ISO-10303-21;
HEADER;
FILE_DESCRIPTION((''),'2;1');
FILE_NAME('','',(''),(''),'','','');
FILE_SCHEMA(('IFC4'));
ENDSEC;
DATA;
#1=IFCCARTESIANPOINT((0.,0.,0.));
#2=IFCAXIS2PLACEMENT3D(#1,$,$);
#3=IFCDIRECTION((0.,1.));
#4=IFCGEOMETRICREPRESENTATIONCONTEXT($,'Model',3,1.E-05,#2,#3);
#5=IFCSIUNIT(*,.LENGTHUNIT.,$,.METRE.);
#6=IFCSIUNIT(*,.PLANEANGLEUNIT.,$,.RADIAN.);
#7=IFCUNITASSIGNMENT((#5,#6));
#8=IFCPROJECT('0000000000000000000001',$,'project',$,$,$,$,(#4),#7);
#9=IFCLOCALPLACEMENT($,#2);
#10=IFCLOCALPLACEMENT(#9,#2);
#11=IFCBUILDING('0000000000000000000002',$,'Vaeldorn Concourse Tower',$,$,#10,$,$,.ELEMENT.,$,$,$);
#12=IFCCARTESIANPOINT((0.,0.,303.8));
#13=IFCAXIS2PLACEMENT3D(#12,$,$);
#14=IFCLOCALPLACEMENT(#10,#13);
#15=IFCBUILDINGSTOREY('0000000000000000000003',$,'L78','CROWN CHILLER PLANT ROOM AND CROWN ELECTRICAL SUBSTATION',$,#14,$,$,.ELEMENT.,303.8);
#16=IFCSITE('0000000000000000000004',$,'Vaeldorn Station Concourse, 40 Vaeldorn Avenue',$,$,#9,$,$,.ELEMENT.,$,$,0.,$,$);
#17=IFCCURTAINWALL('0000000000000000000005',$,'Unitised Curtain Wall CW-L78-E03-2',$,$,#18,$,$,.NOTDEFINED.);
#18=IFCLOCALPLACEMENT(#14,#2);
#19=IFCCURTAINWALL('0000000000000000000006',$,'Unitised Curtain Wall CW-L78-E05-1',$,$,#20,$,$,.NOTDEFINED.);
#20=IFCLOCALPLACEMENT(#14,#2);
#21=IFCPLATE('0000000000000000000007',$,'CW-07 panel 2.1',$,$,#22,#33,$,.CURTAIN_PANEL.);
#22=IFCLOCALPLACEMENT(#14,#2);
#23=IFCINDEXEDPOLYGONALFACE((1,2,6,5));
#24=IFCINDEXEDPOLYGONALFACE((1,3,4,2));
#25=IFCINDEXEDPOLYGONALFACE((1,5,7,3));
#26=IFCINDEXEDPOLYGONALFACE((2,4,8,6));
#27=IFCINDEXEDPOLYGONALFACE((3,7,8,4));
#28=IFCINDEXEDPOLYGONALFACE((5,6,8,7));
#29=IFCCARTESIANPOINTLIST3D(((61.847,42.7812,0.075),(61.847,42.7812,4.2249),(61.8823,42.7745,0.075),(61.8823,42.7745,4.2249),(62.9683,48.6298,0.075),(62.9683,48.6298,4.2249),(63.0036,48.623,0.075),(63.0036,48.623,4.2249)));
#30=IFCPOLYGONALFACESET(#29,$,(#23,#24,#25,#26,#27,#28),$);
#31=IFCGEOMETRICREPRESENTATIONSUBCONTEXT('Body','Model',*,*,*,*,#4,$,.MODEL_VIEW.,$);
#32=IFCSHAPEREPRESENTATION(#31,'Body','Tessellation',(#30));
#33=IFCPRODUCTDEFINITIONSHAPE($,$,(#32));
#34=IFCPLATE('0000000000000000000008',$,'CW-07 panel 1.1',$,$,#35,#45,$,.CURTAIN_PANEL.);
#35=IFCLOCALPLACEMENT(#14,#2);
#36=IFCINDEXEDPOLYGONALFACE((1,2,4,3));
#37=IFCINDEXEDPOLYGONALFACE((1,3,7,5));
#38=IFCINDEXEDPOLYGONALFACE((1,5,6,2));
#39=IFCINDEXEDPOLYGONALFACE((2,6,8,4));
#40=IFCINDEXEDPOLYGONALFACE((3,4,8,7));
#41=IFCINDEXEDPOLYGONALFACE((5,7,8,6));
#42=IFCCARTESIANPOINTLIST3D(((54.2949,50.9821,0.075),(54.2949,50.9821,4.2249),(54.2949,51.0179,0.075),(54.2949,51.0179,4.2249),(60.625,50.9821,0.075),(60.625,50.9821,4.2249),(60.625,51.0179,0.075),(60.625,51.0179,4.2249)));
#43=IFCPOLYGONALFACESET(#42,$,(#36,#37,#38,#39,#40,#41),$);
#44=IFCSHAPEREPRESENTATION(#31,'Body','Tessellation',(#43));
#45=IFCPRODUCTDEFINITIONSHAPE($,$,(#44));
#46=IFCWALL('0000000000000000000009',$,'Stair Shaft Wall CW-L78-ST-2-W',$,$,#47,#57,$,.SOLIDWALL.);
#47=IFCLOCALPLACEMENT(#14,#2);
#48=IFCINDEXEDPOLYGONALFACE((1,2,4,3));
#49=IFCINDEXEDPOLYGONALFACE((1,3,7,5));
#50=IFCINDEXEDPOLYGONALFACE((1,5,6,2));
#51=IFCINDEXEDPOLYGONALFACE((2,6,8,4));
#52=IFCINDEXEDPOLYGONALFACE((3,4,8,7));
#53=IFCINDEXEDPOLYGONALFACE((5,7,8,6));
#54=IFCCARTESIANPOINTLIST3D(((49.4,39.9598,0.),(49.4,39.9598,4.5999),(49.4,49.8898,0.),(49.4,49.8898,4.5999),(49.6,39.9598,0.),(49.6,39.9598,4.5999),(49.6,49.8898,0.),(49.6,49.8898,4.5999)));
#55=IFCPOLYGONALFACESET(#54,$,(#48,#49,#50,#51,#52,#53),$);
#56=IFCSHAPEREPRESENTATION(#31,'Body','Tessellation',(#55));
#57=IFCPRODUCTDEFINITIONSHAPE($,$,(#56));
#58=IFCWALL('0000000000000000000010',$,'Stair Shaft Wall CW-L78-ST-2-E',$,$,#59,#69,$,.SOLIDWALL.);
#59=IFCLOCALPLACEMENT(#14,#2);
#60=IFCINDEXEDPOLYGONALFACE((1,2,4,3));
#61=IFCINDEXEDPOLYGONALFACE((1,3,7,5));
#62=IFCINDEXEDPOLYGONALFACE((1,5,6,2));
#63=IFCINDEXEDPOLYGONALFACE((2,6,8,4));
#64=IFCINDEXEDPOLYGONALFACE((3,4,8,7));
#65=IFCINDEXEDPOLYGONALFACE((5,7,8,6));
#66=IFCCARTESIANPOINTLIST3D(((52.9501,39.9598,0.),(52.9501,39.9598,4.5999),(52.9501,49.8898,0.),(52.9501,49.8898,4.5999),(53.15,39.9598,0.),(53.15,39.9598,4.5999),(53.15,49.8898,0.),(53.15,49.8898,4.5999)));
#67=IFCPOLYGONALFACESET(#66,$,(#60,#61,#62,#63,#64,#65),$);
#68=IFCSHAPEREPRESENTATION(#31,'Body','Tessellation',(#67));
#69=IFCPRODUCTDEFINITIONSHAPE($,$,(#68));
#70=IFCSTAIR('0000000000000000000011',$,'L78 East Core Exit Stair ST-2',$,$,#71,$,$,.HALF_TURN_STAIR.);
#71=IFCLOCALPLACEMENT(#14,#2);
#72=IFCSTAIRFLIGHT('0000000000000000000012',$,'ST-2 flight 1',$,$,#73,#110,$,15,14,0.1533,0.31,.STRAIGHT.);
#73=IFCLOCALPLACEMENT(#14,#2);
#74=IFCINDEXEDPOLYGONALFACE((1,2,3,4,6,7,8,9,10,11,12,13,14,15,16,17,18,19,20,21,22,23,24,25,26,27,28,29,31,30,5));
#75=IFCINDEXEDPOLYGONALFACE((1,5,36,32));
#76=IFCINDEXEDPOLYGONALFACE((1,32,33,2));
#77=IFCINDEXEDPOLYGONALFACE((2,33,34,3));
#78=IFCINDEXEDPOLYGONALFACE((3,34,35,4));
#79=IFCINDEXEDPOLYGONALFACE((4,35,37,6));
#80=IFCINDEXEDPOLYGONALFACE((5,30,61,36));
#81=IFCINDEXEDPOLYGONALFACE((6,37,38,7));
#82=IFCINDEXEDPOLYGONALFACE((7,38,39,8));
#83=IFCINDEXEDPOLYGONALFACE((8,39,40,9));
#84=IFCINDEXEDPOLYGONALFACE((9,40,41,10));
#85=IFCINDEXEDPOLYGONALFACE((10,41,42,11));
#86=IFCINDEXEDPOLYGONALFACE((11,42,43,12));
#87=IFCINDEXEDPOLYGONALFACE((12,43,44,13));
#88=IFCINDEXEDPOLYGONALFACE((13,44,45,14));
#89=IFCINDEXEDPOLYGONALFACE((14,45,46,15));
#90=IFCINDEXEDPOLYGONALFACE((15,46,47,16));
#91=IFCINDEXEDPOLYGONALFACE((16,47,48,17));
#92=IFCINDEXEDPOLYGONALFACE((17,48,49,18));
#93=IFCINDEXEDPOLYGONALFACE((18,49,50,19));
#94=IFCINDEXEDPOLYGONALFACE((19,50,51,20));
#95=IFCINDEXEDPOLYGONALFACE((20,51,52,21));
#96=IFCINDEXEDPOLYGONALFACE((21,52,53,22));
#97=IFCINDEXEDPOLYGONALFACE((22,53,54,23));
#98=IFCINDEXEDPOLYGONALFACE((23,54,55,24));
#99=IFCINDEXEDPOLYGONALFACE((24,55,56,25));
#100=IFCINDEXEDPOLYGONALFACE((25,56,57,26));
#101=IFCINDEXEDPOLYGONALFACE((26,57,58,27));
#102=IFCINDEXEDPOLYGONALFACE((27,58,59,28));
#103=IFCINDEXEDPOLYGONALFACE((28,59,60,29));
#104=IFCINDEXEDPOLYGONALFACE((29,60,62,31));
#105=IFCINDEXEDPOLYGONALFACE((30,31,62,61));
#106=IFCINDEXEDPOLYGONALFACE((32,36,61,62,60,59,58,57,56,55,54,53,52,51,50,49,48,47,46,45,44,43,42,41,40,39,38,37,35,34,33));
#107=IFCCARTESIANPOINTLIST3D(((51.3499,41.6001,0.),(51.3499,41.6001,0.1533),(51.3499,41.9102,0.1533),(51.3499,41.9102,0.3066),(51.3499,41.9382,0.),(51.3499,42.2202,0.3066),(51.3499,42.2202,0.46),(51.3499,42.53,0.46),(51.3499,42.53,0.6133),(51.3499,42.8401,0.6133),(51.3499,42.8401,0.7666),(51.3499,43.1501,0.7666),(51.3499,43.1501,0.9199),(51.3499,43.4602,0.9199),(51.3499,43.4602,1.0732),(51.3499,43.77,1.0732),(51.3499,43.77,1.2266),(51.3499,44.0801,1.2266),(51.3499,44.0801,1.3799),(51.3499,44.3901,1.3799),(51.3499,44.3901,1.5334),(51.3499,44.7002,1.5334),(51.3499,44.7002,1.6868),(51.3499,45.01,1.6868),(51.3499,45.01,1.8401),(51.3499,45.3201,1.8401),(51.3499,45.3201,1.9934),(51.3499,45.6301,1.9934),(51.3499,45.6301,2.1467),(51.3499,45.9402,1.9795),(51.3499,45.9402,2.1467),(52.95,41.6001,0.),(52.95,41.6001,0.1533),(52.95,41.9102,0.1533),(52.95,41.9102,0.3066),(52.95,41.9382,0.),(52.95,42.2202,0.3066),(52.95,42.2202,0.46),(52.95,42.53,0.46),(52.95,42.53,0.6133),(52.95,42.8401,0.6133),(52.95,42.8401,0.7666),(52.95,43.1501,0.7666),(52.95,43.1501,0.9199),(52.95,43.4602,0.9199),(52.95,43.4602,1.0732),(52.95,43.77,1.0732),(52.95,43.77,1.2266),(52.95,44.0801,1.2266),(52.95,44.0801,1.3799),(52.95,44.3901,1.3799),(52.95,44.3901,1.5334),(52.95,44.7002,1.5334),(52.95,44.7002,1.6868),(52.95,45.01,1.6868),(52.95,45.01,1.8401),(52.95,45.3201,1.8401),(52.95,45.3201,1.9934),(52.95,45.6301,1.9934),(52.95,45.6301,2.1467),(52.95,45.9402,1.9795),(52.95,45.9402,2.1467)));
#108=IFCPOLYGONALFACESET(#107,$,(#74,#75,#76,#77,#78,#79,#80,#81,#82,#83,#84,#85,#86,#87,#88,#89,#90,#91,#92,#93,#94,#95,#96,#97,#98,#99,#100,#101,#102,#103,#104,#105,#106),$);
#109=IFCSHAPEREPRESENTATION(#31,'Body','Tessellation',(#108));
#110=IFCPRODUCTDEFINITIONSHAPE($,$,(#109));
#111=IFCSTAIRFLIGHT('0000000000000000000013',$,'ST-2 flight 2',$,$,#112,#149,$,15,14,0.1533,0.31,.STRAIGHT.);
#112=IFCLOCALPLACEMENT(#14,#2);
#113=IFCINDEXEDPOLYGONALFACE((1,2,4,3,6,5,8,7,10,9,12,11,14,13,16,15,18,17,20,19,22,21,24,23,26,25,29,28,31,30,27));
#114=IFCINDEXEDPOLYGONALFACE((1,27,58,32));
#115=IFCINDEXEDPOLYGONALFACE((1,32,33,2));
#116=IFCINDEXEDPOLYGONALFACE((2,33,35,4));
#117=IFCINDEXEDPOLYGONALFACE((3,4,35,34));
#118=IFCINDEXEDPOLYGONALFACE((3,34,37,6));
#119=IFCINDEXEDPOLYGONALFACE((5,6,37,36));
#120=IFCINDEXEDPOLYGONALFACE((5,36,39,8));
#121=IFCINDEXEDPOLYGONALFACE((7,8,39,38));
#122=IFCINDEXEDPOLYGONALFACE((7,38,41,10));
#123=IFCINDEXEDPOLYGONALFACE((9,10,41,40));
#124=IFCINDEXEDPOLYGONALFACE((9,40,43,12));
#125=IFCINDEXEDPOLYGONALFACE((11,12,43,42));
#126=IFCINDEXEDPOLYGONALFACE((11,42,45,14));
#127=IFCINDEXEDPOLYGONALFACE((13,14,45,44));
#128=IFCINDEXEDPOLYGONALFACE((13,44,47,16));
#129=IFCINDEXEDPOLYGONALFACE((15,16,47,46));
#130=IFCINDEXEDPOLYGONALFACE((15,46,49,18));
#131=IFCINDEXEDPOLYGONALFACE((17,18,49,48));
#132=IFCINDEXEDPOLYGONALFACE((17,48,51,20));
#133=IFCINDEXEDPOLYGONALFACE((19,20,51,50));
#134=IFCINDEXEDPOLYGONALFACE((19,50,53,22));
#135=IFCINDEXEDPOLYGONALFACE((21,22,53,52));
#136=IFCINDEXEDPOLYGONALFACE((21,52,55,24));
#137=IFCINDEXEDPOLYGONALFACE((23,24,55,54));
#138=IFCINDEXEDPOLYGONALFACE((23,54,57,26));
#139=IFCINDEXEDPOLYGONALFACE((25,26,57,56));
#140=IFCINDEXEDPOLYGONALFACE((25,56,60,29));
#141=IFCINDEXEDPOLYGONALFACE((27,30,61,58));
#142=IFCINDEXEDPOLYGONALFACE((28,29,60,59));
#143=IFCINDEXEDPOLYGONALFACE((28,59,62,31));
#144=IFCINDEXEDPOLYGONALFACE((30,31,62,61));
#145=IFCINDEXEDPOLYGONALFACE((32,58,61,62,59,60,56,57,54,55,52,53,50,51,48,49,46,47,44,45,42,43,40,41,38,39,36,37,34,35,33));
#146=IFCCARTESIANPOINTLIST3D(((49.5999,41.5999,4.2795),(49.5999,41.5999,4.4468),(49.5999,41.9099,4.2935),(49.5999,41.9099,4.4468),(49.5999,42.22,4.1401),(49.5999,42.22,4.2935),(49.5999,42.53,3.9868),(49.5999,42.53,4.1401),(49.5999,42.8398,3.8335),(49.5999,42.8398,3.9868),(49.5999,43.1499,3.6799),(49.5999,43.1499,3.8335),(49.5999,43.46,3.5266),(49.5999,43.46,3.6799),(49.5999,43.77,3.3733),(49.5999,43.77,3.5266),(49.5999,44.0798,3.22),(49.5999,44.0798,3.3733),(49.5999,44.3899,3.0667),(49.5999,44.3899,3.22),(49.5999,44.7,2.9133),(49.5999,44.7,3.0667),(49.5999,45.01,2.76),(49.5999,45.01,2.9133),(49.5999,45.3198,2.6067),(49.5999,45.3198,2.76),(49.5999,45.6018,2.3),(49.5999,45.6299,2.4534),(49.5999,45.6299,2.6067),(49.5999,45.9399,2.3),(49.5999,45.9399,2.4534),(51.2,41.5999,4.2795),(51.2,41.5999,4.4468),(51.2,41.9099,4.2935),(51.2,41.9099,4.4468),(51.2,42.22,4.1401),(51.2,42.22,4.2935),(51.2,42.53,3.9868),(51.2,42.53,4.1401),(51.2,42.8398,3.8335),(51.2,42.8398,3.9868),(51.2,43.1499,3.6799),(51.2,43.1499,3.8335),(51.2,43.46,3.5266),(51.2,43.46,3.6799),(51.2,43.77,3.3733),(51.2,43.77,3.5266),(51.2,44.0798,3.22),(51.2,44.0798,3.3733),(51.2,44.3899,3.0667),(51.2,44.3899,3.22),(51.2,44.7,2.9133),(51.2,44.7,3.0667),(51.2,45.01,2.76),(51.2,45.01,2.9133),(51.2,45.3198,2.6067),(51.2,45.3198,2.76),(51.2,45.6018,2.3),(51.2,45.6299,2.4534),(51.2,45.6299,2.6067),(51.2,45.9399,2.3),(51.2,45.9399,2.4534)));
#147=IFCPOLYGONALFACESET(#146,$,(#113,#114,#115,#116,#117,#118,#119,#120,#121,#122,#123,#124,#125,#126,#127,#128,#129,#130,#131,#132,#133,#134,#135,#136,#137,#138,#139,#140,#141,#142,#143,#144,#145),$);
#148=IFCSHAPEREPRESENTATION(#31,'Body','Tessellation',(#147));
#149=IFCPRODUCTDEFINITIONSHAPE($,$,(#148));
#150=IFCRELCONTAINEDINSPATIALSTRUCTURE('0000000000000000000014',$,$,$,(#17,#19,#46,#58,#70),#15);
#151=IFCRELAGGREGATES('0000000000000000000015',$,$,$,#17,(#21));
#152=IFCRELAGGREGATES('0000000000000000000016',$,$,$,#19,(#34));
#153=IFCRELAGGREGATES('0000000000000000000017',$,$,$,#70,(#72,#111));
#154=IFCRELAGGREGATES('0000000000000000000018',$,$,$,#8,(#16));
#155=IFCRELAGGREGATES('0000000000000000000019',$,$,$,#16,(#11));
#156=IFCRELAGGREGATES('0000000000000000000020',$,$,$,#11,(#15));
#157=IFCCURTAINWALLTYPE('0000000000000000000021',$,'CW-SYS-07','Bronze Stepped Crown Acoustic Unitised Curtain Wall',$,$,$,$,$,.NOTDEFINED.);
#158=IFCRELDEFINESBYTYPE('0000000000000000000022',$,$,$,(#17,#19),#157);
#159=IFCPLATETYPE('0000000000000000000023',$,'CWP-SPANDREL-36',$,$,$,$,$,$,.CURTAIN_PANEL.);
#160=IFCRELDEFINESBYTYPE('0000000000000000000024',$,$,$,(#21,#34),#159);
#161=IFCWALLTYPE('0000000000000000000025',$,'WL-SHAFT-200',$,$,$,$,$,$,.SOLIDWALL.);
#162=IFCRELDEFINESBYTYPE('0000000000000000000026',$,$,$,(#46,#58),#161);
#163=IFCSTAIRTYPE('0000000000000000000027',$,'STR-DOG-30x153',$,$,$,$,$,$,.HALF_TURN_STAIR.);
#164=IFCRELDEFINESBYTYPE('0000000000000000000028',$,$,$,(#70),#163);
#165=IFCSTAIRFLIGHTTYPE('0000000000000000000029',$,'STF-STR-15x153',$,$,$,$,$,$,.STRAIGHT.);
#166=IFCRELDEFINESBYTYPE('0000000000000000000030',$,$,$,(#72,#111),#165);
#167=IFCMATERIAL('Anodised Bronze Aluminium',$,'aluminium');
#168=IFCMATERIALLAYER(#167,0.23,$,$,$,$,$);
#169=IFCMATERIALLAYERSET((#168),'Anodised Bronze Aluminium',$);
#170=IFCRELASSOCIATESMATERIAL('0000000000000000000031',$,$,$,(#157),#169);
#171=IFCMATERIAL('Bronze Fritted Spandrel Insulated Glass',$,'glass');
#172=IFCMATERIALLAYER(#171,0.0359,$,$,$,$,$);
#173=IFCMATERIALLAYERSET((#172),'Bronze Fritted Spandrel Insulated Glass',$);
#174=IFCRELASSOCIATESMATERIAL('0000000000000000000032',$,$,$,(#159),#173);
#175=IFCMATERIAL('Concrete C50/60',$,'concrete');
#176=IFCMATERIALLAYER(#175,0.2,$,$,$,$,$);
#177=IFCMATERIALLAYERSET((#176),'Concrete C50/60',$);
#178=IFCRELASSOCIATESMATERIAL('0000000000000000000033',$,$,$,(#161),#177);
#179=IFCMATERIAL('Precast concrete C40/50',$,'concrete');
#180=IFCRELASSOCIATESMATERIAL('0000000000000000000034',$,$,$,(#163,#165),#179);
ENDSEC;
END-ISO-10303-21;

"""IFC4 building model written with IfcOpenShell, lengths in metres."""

from ifc_helpers import new_model, si_unit, direction, frame, frame_2d, origin, origin_2d, place, context, subcontext, project, spatial, polyline, rectangle, outline, extrude, source, transform, mapped, material, layer, layer_set, type_object, element, aggregate, save


model = new_model("IFC4")

# Units and contexts
model_context = context("Model", 3, precision=1e-05, world=origin(), true_north=direction((0.0, 1.0)))
body_context = subcontext(model_context, "Body", "Model", "MODEL_VIEW")
ifc_project = project(units=[si_unit("LENGTHUNIT", "METRE"), si_unit("PLANEANGLEUNIT", "RADIAN")], contexts=[model_context])

# Site, building, storey
site_placement = place(None, origin())
site = spatial("IfcSite", under=ifc_project, at=site_placement, Name="Vaeldorn Station Concourse, 40 Vaeldorn Avenue", CompositionType="ELEMENT", RefElevation=0.0)
building_placement = place(site_placement, origin())
building = spatial("IfcBuilding", under=site, at=building_placement, Name="Vaeldorn Concourse Tower", CompositionType="ELEMENT")
storey_placement = place(building_placement, frame((0.0, 0.0, 303.8)))
storey = spatial("IfcBuildingStorey", under=building, at=storey_placement, Name="L78", Description="CROWN CHILLER PLANT ROOM AND CROWN ELECTRICAL SUBSTATION", CompositionType="ELEMENT", Elevation=303.8)

# Curtain wall
ifc_material_1 = material(Name="Anodised Bronze Aluminium", Category="aluminium")
ifc_layer_1 = layer(ifc_material_1, 0.23)
ifc_layer_set_1 = layer_set([ifc_layer_1], Name="Anodised Bronze Aluminium")
curtain_wall_type = type_object("IfcCurtainWallType", Name="CW-SYS-07", Description="Bronze Stepped Crown Acoustic Unitised Curtain Wall", PredefinedType="NOTDEFINED", material=ifc_layer_set_1)
curtain_wall_1_placement = place(storey_placement, origin())
curtain_wall_1 = element("IfcCurtainWall", 1, at=curtain_wall_1_placement, inside=storey, type_object=curtain_wall_type, Name="Unitised Curtain Wall CW-L78-E03-2", PredefinedType="NOTDEFINED")

# Curtain wall
curtain_wall_2_placement = place(storey_placement, origin())
curtain_wall_2 = element("IfcCurtainWall", 2, at=curtain_wall_2_placement, inside=storey, type_object=curtain_wall_type, Name="Unitised Curtain Wall CW-L78-E05-1", PredefinedType="NOTDEFINED")

# Plates
ifc_material_2 = material(Name="Bronze Fritted Spandrel Insulated Glass", Category="glass")
ifc_layer_2 = layer(ifc_material_2, 0.0359)
ifc_layer_set_2 = layer_set([ifc_layer_2], Name="Bronze Fritted Spandrel Insulated Glass")
plate_type = type_object("IfcPlateType", Name="CWP-SPANDREL-36", PredefinedType="CURTAIN_PANEL", material=ifc_layer_set_2)
shared_shape_1 = source(origin(), body_context, "Body", "SweptSolid", [
    extrude(rectangle(XDim=5.9551, YDim=0.0359, at=origin_2d()), origin(), (0.0, 0.0, 1.0), 4.1499),
])
plate_1_placement = place(storey_placement, frame((62.4253, 45.7021, 0.075), z_axis=(0.0, 0.0, 1.0), x_axis=(0.188296, 0.982112, 0.0)))
plate_1 = element("IfcPlate", 3, at=plate_1_placement, type_object=plate_type, Name="CW-07 panel 2.1", PredefinedType="CURTAIN_PANEL", context=body_context, shape_type="MappedRepresentation", body=[
    mapped(shared_shape_1, transform((0.0, 0.0, 0.0), scale=1.0)),
])
aggregate(curtain_wall_1, [plate_1])
shared_shape_2 = source(origin(), body_context, "Body", "SweptSolid", [
    extrude(rectangle(XDim=6.3301, YDim=0.0359, at=origin_2d()), origin(), (0.0, 0.0, 1.0), 4.1499),
])
plate_2_placement = place(storey_placement, frame((57.46, 51.0, 0.075), z_axis=(0.0, 0.0, 1.0), x_axis=(-1.0, 0.0, 0.0)))
plate_2 = element("IfcPlate", 4, at=plate_2_placement, type_object=plate_type, Name="CW-07 panel 1.1", PredefinedType="CURTAIN_PANEL", context=body_context, shape_type="MappedRepresentation", body=[
    mapped(shared_shape_2, transform((0.0, 0.0, 0.0), scale=1.0)),
])
aggregate(curtain_wall_2, [plate_2])

# Walls
ifc_material_3 = material(Name="Concrete C50/60", Category="concrete")
ifc_layer_3 = layer(ifc_material_3, 0.2)
ifc_layer_set_3 = layer_set([ifc_layer_3], Name="Concrete C50/60")
wall_type = type_object("IfcWallType", Name="WL-SHAFT-200", PredefinedType="SOLIDWALL", material=ifc_layer_set_3)
for number, where, z_axis, x_axis, name in (
    (5, (49.5, 39.96, 0.0), (0.0, 0.0, 1.0), (0.0, 1.0, 0.0), "Stair Shaft Wall CW-L78-ST-2-W"),
    (6, (53.05, 39.96, 0.0), (0.0, 0.0, 1.0), (0.0, 1.0, 0.0), "Stair Shaft Wall CW-L78-ST-2-E"),
):
    element("IfcWall", number, at=place(storey_placement, frame(where, z_axis=z_axis, x_axis=x_axis)), inside=storey, type_object=wall_type, Name=name, PredefinedType="SOLIDWALL", context=body_context, shape_type="SweptSolid", body=[
        extrude(rectangle(XDim=9.9299, YDim=0.2, at=frame_2d((4.9648, 0.0))), origin(), (0.0, 0.0, 1.0), 4.5999),
    ])

# Stair, stair flights
ifc_material_4 = material(Name="Precast concrete C40/50", Category="concrete")
stair_type = type_object("IfcStairType", Name="STR-DOG-30x153", PredefinedType="HALF_TURN_STAIR", material=ifc_material_4)
stair_placement = place(storey_placement, origin())
stair = element("IfcStair", 7, at=stair_placement, inside=storey, type_object=stair_type, Name="L78 East Core Exit Stair ST-2", PredefinedType="HALF_TURN_STAIR")
stair_flight_type = type_object("IfcStairFlightType", Name="STF-STR-15x153", PredefinedType="STRAIGHT", material=ifc_material_4)
stair_flight_1_placement = place(storey_placement, frame((52.1499, 41.6001, 0.0), z_axis=(0.0, 0.0, 1.0), x_axis=(0.0, 1.0, 0.0)))
stair_flight_1 = element("IfcStairFlight", 8, at=stair_flight_1_placement, type_object=stair_flight_type, Name="ST-2 flight 1", NumberOfRisers=15, NumberOfTreads=14, PredefinedType="STRAIGHT", RiserHeight=0.1533, TreadLength=0.31, context=body_context, shape_type="SweptSolid", body=[
    extrude(outline(polyline([(0.0, 0.0), (0.0, 0.1533), (0.3101, 0.1533), (0.3101, 0.3066), (0.6201, 0.3066), (0.6201, 0.46), (0.9299, 0.46), (0.9299, 0.6133), (1.24, 0.6133), (1.24, 0.7666), (1.55, 0.7666), (1.55, 0.9199), (1.8601, 0.9199), (1.8601, 1.0732), (2.1699, 1.0732), (2.1699, 1.2266), (2.48, 1.2266), (2.48, 1.3799), (2.79, 1.3799), (2.79, 1.5334), (3.1001, 1.5334), (3.1001, 1.6868), (3.4099, 1.6868), (3.4099, 1.8401), (3.72, 1.8401), (3.72, 1.9934), (4.03, 1.9934), (4.03, 2.1467), (4.3401, 2.1467), (4.3401, 2.3), (4.3401, 1.9795), (0.3381, 0.0), (0.0, 0.0)])), frame((0.0, 0.8, 0.0), z_axis=(0.0, -1.0, 0.0), x_axis=(1.0, 0.0, 0.0)), (0.0, 0.0, 1.0), 1.6001),
])
stair_flight_2_placement = place(storey_placement, frame((50.3999, 45.9399, 2.3), z_axis=(0.0, 0.0, 1.0), x_axis=(0.0, -1.0, 0.0)))
stair_flight_2 = element("IfcStairFlight", 9, at=stair_flight_2_placement, type_object=stair_flight_type, Name="ST-2 flight 2", NumberOfRisers=15, NumberOfTreads=14, PredefinedType="STRAIGHT", RiserHeight=0.1533, TreadLength=0.31, context=body_context, shape_type="SweptSolid", body=[
    extrude(outline(polyline([(0.0, 0.0), (0.0, 0.1533), (0.3101, 0.1533), (0.3101, 0.3066), (0.6201, 0.3066), (0.6201, 0.46), (0.9299, 0.46), (0.9299, 0.6133), (1.24, 0.6133), (1.24, 0.7666), (1.55, 0.7666), (1.55, 0.9199), (1.8601, 0.9199), (1.8601, 1.0732), (2.1699, 1.0732), (2.1699, 1.2266), (2.48, 1.2266), (2.48, 1.3799), (2.79, 1.3799), (2.79, 1.5334), (3.1001, 1.5334), (3.1001, 1.6868), (3.4099, 1.6868), (3.4099, 1.8401), (3.72, 1.8401), (3.72, 1.9934), (4.03, 1.9934), (4.03, 2.1467), (4.3401, 2.1467), (4.3401, 2.3), (4.3401, 1.9795), (0.3381, 0.0), (0.0, 0.0)])), frame((0.0, 0.8, 0.0), z_axis=(0.0, -1.0, 0.0), x_axis=(1.0, 0.0, 0.0)), (0.0, 0.0, 1.0), 1.6001),
])
aggregate(stair, [stair_flight_1, stair_flight_2])

save(model, "model.ifc")
